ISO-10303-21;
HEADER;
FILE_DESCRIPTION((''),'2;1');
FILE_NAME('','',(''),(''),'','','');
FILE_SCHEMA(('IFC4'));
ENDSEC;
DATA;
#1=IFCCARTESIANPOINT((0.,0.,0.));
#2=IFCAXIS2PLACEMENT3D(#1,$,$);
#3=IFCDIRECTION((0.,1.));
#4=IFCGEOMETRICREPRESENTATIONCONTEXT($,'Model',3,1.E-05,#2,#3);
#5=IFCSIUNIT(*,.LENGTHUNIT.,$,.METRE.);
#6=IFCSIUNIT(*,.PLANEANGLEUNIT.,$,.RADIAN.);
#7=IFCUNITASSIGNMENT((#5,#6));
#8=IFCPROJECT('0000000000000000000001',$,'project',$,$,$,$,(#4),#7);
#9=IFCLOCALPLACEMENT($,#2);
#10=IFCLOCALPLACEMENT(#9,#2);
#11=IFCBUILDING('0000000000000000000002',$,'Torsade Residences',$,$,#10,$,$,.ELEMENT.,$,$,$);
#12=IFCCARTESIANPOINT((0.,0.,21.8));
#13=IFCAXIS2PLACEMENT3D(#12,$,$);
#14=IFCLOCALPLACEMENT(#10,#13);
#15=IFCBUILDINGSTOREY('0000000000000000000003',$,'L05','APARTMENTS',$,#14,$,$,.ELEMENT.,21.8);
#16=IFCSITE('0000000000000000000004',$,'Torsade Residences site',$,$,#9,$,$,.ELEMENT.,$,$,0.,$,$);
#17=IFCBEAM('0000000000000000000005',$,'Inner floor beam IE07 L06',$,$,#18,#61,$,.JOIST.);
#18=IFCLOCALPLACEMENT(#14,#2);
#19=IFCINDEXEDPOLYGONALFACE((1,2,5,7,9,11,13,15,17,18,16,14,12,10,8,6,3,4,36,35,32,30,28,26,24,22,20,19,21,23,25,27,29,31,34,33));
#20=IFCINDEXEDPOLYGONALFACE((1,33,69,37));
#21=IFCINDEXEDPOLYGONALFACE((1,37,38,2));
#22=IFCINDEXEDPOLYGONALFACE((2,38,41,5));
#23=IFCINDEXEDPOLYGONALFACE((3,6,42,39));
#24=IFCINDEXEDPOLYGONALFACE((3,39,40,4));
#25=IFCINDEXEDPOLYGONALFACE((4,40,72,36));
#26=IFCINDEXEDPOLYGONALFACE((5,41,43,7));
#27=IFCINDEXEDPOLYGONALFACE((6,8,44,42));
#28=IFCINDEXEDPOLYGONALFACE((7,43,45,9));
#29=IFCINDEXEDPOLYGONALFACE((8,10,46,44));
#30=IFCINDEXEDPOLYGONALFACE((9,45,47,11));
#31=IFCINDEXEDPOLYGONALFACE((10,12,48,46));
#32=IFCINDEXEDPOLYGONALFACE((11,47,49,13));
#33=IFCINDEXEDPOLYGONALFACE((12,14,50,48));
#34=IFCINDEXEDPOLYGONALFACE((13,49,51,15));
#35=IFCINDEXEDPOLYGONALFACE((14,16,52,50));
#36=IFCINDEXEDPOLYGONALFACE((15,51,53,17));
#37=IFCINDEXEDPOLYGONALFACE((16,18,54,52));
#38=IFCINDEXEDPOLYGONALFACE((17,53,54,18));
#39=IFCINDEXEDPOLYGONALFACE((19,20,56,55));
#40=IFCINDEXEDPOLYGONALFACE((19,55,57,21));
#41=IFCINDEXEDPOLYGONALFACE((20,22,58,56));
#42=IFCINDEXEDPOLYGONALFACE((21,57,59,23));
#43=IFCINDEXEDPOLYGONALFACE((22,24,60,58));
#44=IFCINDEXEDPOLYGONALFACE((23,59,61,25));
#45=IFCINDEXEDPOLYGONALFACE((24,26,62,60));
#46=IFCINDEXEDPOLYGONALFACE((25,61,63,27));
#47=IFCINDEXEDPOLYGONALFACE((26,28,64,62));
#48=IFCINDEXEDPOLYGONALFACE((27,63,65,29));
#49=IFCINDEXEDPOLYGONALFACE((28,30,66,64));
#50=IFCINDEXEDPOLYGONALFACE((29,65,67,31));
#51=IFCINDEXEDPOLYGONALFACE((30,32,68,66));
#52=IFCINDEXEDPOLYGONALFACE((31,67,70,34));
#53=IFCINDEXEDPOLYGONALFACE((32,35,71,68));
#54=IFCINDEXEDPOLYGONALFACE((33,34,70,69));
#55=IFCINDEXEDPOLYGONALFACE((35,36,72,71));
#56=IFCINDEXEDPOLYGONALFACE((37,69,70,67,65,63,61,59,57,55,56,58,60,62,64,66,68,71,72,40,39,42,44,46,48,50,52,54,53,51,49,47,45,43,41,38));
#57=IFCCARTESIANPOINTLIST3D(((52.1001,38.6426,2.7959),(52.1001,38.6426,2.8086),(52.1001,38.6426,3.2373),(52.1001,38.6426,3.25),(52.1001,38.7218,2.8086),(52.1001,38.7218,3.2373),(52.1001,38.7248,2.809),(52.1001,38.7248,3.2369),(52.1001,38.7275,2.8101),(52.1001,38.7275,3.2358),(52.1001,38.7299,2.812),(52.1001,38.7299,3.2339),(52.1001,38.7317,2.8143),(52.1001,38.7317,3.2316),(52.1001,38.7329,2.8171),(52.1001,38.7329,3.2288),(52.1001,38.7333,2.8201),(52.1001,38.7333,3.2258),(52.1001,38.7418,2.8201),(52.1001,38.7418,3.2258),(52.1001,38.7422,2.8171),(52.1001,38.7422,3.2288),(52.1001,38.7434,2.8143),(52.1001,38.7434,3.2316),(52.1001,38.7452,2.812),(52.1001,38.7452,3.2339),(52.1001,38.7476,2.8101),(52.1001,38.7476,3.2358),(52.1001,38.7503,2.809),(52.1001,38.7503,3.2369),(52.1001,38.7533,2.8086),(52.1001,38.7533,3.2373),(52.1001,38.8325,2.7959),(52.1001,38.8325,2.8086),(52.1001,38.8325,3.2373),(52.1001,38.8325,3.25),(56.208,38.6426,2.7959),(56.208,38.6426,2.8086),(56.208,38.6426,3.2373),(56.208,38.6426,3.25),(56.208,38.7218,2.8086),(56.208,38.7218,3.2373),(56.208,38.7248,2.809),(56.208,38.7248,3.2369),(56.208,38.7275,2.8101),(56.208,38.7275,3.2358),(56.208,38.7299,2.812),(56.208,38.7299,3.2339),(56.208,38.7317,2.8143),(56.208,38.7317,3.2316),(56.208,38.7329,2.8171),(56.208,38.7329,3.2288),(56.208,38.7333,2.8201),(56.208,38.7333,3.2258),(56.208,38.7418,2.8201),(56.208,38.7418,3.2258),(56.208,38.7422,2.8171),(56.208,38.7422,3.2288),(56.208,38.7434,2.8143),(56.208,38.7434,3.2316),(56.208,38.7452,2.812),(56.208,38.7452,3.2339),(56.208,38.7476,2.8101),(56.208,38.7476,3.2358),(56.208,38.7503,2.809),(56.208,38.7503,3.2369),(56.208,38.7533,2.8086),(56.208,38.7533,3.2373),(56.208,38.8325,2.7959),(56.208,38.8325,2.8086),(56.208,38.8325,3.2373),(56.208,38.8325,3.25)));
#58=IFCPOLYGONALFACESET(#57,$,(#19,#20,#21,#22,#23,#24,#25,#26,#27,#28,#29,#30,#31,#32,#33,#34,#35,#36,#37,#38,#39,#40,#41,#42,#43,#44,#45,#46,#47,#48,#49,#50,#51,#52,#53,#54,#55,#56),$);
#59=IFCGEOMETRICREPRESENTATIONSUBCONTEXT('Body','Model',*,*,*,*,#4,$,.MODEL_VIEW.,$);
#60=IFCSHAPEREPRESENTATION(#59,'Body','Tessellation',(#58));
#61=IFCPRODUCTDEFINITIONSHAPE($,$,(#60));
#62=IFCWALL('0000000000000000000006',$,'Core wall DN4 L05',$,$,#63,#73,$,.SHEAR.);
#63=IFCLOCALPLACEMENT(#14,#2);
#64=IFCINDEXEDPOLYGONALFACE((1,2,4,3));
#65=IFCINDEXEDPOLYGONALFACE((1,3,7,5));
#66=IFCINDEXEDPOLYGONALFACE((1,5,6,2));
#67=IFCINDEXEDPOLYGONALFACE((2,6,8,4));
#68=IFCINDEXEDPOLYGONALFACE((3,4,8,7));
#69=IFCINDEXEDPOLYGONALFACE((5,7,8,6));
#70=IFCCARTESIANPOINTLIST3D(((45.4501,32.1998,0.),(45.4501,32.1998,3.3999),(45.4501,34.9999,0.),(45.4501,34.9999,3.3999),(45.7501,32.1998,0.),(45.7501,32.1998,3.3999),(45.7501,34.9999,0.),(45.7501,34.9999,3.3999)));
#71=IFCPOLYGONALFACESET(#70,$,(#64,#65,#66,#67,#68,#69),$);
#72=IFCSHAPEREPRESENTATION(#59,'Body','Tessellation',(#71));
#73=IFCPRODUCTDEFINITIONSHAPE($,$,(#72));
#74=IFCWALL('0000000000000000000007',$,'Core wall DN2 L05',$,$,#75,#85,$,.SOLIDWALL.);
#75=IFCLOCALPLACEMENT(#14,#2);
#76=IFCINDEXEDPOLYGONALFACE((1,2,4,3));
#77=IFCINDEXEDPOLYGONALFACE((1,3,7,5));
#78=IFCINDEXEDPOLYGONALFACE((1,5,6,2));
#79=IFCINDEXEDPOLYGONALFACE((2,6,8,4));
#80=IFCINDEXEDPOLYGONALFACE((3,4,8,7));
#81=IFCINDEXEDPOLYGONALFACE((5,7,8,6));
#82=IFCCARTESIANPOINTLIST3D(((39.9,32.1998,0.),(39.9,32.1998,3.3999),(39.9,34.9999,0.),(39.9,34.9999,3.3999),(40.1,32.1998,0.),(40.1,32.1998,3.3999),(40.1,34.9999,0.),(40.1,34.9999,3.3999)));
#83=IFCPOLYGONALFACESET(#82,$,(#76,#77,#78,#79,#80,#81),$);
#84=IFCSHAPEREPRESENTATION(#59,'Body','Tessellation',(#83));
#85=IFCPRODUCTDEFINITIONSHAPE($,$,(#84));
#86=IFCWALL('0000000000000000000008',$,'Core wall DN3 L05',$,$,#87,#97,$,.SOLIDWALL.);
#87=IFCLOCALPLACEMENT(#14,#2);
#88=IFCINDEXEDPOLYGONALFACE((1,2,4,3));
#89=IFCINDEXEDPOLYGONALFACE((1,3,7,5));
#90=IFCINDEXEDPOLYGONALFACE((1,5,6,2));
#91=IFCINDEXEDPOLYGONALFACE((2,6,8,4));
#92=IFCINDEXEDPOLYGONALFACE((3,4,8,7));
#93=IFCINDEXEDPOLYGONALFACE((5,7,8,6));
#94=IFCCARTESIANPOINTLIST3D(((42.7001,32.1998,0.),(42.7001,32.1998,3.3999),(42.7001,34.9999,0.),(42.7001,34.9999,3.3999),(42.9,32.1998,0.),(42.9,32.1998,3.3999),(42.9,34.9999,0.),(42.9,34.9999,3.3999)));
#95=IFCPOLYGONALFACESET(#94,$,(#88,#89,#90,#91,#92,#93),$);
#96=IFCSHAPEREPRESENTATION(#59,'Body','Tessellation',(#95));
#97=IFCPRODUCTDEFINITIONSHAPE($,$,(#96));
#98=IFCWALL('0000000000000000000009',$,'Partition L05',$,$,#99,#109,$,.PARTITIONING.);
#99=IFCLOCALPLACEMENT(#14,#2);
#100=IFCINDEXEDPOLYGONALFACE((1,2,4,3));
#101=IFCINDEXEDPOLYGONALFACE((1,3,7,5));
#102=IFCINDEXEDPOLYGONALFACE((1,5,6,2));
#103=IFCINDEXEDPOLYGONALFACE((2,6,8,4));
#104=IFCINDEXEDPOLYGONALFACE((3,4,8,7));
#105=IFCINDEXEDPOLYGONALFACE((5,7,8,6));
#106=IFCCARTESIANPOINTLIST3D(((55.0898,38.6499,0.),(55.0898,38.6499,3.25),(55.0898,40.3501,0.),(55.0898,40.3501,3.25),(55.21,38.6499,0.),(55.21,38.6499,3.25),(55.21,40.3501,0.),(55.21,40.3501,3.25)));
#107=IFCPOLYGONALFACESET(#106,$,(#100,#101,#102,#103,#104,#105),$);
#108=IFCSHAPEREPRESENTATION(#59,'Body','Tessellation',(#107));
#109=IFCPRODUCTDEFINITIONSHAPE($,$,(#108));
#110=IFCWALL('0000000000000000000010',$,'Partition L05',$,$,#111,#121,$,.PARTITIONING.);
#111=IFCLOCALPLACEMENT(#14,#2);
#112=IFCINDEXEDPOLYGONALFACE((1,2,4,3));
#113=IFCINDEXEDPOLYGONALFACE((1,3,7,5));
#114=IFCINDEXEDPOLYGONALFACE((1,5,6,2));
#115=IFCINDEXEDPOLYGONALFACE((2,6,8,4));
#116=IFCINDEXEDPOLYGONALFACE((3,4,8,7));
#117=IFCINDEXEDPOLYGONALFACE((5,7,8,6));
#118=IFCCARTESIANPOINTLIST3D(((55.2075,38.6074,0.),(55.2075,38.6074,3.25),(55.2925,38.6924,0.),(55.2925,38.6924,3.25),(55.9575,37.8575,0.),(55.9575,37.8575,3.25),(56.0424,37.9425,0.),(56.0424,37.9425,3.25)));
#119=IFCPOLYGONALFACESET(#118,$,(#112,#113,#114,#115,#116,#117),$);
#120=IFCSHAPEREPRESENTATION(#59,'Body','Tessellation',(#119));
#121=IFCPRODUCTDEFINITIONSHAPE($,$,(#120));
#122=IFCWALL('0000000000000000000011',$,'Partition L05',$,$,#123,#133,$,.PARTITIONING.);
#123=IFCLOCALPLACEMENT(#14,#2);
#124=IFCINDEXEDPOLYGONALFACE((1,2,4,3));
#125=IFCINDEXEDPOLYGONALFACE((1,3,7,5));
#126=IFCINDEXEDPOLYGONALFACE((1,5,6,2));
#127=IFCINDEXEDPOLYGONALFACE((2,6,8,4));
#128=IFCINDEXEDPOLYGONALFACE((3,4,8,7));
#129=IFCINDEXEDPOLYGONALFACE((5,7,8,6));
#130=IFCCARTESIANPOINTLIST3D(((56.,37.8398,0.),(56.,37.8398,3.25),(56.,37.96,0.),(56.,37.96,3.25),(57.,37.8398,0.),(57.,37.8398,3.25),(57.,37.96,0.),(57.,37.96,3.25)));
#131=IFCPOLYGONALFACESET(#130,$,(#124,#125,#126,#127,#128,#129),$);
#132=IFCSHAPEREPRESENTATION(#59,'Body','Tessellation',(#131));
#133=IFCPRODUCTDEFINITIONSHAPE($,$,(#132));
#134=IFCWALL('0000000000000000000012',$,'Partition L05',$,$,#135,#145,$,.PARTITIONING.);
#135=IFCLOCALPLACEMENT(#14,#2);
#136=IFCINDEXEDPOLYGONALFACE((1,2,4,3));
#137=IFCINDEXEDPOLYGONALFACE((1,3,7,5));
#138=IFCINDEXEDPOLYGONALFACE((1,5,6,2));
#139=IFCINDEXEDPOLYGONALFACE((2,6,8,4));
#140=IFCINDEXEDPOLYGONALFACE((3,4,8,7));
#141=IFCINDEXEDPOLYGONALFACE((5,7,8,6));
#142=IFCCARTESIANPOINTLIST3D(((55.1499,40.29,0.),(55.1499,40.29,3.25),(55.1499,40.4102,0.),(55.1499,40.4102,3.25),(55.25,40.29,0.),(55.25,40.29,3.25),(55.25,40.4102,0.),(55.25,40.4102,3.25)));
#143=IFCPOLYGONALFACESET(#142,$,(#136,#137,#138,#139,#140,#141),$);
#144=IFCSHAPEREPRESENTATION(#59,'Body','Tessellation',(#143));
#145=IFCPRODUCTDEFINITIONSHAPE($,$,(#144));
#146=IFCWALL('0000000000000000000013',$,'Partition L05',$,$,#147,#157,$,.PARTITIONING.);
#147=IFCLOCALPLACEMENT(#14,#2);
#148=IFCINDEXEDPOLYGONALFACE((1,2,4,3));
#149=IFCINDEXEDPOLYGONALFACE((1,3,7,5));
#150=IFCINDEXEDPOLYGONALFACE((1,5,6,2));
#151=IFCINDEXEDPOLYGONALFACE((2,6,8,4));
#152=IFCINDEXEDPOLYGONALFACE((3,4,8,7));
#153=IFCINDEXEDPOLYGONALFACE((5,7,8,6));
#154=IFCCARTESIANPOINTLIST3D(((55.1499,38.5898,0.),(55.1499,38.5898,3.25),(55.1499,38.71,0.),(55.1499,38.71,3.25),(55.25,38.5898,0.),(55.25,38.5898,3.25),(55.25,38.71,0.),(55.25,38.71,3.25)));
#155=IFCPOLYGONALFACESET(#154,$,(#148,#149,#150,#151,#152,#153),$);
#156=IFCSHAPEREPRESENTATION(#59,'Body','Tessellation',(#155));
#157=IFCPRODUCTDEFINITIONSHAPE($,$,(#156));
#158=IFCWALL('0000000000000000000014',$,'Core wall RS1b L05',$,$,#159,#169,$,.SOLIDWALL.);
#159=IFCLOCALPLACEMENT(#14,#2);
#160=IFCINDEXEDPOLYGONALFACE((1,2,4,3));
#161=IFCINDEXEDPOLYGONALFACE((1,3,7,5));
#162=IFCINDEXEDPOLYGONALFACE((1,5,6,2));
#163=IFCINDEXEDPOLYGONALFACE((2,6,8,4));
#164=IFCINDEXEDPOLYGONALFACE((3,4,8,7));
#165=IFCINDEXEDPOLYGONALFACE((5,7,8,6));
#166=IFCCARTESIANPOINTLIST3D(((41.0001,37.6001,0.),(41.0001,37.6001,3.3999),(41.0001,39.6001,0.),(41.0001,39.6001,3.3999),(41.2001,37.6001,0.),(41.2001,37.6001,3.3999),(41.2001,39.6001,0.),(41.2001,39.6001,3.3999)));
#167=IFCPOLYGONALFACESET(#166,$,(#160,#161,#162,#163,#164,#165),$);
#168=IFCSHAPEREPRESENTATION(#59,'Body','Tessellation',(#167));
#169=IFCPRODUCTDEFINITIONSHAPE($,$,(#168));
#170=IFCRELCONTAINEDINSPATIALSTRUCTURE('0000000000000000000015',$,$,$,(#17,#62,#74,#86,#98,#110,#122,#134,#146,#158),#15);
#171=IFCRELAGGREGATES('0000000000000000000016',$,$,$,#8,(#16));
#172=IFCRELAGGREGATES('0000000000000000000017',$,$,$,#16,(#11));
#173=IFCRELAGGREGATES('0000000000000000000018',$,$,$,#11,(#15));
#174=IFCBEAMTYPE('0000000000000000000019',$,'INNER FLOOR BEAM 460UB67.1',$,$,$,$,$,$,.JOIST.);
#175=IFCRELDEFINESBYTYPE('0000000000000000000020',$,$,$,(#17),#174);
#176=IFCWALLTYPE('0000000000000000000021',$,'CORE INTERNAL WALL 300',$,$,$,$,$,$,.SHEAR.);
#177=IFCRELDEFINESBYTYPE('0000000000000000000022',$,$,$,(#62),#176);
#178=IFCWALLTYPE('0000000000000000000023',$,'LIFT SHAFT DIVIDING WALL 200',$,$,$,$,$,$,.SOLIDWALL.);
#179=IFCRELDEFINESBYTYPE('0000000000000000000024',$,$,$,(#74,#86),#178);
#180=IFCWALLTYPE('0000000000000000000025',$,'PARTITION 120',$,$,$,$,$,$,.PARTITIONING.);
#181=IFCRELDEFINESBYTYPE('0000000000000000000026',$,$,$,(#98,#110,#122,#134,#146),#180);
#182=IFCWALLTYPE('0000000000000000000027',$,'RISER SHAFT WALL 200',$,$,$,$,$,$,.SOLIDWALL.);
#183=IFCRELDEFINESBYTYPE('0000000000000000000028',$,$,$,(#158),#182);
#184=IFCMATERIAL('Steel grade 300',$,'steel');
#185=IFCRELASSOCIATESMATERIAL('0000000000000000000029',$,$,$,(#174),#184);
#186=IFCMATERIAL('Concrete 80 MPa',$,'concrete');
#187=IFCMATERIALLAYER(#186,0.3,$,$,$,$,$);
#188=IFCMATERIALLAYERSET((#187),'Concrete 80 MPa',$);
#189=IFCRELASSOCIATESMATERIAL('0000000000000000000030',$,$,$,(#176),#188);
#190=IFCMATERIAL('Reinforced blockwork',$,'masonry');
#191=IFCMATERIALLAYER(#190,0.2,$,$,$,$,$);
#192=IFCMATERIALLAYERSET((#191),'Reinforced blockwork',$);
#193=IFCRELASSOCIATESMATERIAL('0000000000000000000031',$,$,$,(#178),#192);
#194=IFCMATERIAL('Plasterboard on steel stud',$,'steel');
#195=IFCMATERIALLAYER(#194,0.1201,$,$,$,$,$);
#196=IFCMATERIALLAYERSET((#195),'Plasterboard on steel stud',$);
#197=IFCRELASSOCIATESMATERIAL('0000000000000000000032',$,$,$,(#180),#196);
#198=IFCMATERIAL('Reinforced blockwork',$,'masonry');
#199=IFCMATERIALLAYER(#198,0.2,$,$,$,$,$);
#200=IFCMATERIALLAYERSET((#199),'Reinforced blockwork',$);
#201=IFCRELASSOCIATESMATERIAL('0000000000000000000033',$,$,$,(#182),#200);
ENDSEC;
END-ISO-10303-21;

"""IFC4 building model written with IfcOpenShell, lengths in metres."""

from ifc_helpers import new_model, si_unit, direction, frame, frame_2d, origin, origin_2d, place, context, subcontext, project, spatial, rectangle, i_section, extrude, material, layer, layer_set, material_profile, profile_set, type_object, element, save


model = new_model("IFC4")

# Units and contexts
model_context = context("Model", 3, precision=1e-05, world=origin(), true_north=direction((0.0, 1.0)))
body_context = subcontext(model_context, "Body", "Model", "MODEL_VIEW")
ifc_project = project(units=[si_unit("LENGTHUNIT", "METRE"), si_unit("PLANEANGLEUNIT", "RADIAN")], contexts=[model_context])

# Site, building, storey
site_placement = place(None, origin())
site = spatial("IfcSite", under=ifc_project, at=site_placement, Name="Torsade Residences site", CompositionType="ELEMENT", RefElevation=0.0)
building_placement = place(site_placement, origin())
building = spatial("IfcBuilding", under=site, at=building_placement, Name="Torsade Residences", CompositionType="ELEMENT")
storey_placement = place(building_placement, frame((0.0, 0.0, 21.8)))
storey = spatial("IfcBuildingStorey", under=building, at=storey_placement, Name="L05", Description="APARTMENTS", CompositionType="ELEMENT", Elevation=21.8)

# Beam
ifc_material_1 = material(Name="Steel grade 300", Category="steel")
ifc_material_profile_1 = material_profile(ifc_material_1, i_section(OverallWidth=0.1899, OverallDepth=0.4541, WebThickness=0.0085, FlangeThickness=0.0127, FilletRadius=0.0115, at=origin_2d()), Name="460UB67.1")
ifc_profile_set_1 = profile_set([ifc_material_profile_1], Name="Steel grade 300")
beam_type = type_object("IfcBeamType", Name="INNER FLOOR BEAM 460UB67.1", PredefinedType="JOIST", material=ifc_profile_set_1)
beam_1_placement = place(storey_placement, frame((52.1001, 38.7375, 3.0229), z_axis=(1.0, 0.0, 0.0), x_axis=(0.0, 1.0, 0.0)))
element("IfcBeam", 1, at=beam_1_placement, inside=storey, type_object=beam_type, Name="Inner floor beam IE07 L06", PredefinedType="JOIST", context=body_context, shape_type="SweptSolid", body=[
    extrude(i_section(OverallWidth=0.1899, OverallDepth=0.4541, WebThickness=0.0085, FlangeThickness=0.0127, FilletRadius=0.0115, at=origin_2d()), origin(), (0.0, 0.0, 1.0), 4.1079),
])

# Walls
ifc_material_2 = material(Name="Concrete 80 MPa", Category="concrete")
ifc_layer_1 = layer(ifc_material_2, 0.3)
ifc_layer_set_1 = layer_set([ifc_layer_1], Name="Concrete 80 MPa")
wall_type_1 = type_object("IfcWallType", Name="CORE INTERNAL WALL 300", PredefinedType="SHEAR", material=ifc_layer_set_1)
wall_1_placement = place(storey_placement, frame((45.6001, 32.2, 0.0), z_axis=(0.0, 0.0, 1.0), x_axis=(0.0, 1.0, 0.0)))
element("IfcWall", 2, at=wall_1_placement, inside=storey, type_object=wall_type_1, Name="Core wall DN4 L05", PredefinedType="SHEAR", context=body_context, shape_type="SweptSolid", body=[
    extrude(rectangle(XDim=2.8, YDim=0.3, at=frame_2d((1.3999, 0.0))), origin(), (0.0, 0.0, 1.0), 3.3999),
])
ifc_material_3 = material(Name="Reinforced blockwork", Category="masonry")
ifc_layer_2 = layer(ifc_material_3, 0.2)
ifc_layer_set_2 = layer_set([ifc_layer_2], Name="Reinforced blockwork")
wall_type_2 = type_object("IfcWallType", Name="LIFT SHAFT DIVIDING WALL 200", PredefinedType="SOLIDWALL", material=ifc_layer_set_2)
for number, where, z_axis, x_axis, name in (
    (3, (40.0, 32.2, 0.0), (0.0, 0.0, 1.0), (0.0, 1.0, 0.0), "Core wall DN2 L05"),
    (4, (42.8, 32.2, 0.0), (0.0, 0.0, 1.0), (0.0, 1.0, 0.0), "Core wall DN3 L05"),
):
    element("IfcWall", number, at=place(storey_placement, frame(where, z_axis=z_axis, x_axis=x_axis)), inside=storey, type_object=wall_type_2, Name=name, PredefinedType="SOLIDWALL", context=body_context, shape_type="SweptSolid", body=[
        extrude(rectangle(XDim=2.8, YDim=0.2, at=frame_2d((1.3999, 0.0))), origin(), (0.0, 0.0, 1.0), 3.3999),
    ])
ifc_material_4 = material(Name="Plasterboard on steel stud", Category="steel")
ifc_layer_3 = layer(ifc_material_4, 0.1201)
ifc_layer_set_3 = layer_set([ifc_layer_3], Name="Plasterboard on steel stud")
wall_type_3 = type_object("IfcWallType", Name="PARTITION 120", PredefinedType="PARTITIONING", material=ifc_layer_set_3)
wall_2_placement = place(storey_placement, frame((55.1499, 40.3501, 0.0), z_axis=(0.0, 0.0, 1.0), x_axis=(0.0, -1.0, 0.0)))
element("IfcWall", 5, at=wall_2_placement, inside=storey, type_object=wall_type_3, Name="Partition L05", PredefinedType="PARTITIONING", context=body_context, shape_type="SweptSolid", body=[
    extrude(rectangle(XDim=1.7002, YDim=0.1201, at=frame_2d((0.8501, 0.0))), origin(), (0.0, 0.0, 1.0), 3.25),
])
wall_3_placement = place(storey_placement, frame((55.25, 38.6499, 0.0), z_axis=(0.0, 0.0, 1.0), x_axis=(0.707107, -0.707107, 0.0)))
element("IfcWall", 6, at=wall_3_placement, inside=storey, type_object=wall_type_3, Name="Partition L05", PredefinedType="PARTITIONING", context=body_context, shape_type="SweptSolid", body=[
    extrude(rectangle(XDim=1.0605, YDim=0.1201, at=frame_2d((0.5303, 0.0))), origin(), (0.0, 0.0, 1.0), 3.25),
])
wall_4_placement = place(storey_placement, frame((56.0, 37.8999, 0.0), z_axis=(0.0, 0.0, 1.0), x_axis=(1.0, 0.0, 0.0)))
element("IfcWall", 7, at=wall_4_placement, inside=storey, type_object=wall_type_3, Name="Partition L05", PredefinedType="PARTITIONING", context=body_context, shape_type="SweptSolid", body=[
    extrude(rectangle(XDim=1.0, YDim=0.1201, at=frame_2d((0.5, 0.0))), origin(), (0.0, 0.0, 1.0), 3.25),
])
for number, where, z_axis, x_axis, name in (
    (8, (55.1499, 40.3501, 0.0), (0.0, 0.0, 1.0), (1.0, 0.0, 0.0), "Partition L05"),
    (9, (55.1499, 38.6499, 0.0), (0.0, 0.0, 1.0), (1.0, 0.0, 0.0), "Partition L05"),
):
    element("IfcWall", number, at=place(storey_placement, frame(where, z_axis=z_axis, x_axis=x_axis)), inside=storey, type_object=wall_type_3, Name=name, PredefinedType="PARTITIONING", context=body_context, shape_type="SweptSolid", body=[
        extrude(rectangle(XDim=0.1001, YDim=0.1201, at=frame_2d((0.05, 0.0))), origin(), (0.0, 0.0, 1.0), 3.25),
    ])
ifc_material_5 = material(Name="Reinforced blockwork", Category="masonry")
ifc_layer_4 = layer(ifc_material_5, 0.2)
ifc_layer_set_4 = layer_set([ifc_layer_4], Name="Reinforced blockwork")
wall_type_4 = type_object("IfcWallType", Name="RISER SHAFT WALL 200", PredefinedType="SOLIDWALL", material=ifc_layer_set_4)
wall_5_placement = place(storey_placement, frame((41.1001, 37.6001, 0.0), z_axis=(0.0, 0.0, 1.0), x_axis=(0.0, 1.0, 0.0)))
element("IfcWall", 10, at=wall_5_placement, inside=storey, type_object=wall_type_4, Name="Core wall RS1b L05", PredefinedType="SOLIDWALL", context=body_context, shape_type="SweptSolid", body=[
    extrude(rectangle(XDim=2.0, YDim=0.2, at=frame_2d((1.0, 0.0))), origin(), (0.0, 0.0, 1.0), 3.3999),
])

save(model, "model.ifc")
